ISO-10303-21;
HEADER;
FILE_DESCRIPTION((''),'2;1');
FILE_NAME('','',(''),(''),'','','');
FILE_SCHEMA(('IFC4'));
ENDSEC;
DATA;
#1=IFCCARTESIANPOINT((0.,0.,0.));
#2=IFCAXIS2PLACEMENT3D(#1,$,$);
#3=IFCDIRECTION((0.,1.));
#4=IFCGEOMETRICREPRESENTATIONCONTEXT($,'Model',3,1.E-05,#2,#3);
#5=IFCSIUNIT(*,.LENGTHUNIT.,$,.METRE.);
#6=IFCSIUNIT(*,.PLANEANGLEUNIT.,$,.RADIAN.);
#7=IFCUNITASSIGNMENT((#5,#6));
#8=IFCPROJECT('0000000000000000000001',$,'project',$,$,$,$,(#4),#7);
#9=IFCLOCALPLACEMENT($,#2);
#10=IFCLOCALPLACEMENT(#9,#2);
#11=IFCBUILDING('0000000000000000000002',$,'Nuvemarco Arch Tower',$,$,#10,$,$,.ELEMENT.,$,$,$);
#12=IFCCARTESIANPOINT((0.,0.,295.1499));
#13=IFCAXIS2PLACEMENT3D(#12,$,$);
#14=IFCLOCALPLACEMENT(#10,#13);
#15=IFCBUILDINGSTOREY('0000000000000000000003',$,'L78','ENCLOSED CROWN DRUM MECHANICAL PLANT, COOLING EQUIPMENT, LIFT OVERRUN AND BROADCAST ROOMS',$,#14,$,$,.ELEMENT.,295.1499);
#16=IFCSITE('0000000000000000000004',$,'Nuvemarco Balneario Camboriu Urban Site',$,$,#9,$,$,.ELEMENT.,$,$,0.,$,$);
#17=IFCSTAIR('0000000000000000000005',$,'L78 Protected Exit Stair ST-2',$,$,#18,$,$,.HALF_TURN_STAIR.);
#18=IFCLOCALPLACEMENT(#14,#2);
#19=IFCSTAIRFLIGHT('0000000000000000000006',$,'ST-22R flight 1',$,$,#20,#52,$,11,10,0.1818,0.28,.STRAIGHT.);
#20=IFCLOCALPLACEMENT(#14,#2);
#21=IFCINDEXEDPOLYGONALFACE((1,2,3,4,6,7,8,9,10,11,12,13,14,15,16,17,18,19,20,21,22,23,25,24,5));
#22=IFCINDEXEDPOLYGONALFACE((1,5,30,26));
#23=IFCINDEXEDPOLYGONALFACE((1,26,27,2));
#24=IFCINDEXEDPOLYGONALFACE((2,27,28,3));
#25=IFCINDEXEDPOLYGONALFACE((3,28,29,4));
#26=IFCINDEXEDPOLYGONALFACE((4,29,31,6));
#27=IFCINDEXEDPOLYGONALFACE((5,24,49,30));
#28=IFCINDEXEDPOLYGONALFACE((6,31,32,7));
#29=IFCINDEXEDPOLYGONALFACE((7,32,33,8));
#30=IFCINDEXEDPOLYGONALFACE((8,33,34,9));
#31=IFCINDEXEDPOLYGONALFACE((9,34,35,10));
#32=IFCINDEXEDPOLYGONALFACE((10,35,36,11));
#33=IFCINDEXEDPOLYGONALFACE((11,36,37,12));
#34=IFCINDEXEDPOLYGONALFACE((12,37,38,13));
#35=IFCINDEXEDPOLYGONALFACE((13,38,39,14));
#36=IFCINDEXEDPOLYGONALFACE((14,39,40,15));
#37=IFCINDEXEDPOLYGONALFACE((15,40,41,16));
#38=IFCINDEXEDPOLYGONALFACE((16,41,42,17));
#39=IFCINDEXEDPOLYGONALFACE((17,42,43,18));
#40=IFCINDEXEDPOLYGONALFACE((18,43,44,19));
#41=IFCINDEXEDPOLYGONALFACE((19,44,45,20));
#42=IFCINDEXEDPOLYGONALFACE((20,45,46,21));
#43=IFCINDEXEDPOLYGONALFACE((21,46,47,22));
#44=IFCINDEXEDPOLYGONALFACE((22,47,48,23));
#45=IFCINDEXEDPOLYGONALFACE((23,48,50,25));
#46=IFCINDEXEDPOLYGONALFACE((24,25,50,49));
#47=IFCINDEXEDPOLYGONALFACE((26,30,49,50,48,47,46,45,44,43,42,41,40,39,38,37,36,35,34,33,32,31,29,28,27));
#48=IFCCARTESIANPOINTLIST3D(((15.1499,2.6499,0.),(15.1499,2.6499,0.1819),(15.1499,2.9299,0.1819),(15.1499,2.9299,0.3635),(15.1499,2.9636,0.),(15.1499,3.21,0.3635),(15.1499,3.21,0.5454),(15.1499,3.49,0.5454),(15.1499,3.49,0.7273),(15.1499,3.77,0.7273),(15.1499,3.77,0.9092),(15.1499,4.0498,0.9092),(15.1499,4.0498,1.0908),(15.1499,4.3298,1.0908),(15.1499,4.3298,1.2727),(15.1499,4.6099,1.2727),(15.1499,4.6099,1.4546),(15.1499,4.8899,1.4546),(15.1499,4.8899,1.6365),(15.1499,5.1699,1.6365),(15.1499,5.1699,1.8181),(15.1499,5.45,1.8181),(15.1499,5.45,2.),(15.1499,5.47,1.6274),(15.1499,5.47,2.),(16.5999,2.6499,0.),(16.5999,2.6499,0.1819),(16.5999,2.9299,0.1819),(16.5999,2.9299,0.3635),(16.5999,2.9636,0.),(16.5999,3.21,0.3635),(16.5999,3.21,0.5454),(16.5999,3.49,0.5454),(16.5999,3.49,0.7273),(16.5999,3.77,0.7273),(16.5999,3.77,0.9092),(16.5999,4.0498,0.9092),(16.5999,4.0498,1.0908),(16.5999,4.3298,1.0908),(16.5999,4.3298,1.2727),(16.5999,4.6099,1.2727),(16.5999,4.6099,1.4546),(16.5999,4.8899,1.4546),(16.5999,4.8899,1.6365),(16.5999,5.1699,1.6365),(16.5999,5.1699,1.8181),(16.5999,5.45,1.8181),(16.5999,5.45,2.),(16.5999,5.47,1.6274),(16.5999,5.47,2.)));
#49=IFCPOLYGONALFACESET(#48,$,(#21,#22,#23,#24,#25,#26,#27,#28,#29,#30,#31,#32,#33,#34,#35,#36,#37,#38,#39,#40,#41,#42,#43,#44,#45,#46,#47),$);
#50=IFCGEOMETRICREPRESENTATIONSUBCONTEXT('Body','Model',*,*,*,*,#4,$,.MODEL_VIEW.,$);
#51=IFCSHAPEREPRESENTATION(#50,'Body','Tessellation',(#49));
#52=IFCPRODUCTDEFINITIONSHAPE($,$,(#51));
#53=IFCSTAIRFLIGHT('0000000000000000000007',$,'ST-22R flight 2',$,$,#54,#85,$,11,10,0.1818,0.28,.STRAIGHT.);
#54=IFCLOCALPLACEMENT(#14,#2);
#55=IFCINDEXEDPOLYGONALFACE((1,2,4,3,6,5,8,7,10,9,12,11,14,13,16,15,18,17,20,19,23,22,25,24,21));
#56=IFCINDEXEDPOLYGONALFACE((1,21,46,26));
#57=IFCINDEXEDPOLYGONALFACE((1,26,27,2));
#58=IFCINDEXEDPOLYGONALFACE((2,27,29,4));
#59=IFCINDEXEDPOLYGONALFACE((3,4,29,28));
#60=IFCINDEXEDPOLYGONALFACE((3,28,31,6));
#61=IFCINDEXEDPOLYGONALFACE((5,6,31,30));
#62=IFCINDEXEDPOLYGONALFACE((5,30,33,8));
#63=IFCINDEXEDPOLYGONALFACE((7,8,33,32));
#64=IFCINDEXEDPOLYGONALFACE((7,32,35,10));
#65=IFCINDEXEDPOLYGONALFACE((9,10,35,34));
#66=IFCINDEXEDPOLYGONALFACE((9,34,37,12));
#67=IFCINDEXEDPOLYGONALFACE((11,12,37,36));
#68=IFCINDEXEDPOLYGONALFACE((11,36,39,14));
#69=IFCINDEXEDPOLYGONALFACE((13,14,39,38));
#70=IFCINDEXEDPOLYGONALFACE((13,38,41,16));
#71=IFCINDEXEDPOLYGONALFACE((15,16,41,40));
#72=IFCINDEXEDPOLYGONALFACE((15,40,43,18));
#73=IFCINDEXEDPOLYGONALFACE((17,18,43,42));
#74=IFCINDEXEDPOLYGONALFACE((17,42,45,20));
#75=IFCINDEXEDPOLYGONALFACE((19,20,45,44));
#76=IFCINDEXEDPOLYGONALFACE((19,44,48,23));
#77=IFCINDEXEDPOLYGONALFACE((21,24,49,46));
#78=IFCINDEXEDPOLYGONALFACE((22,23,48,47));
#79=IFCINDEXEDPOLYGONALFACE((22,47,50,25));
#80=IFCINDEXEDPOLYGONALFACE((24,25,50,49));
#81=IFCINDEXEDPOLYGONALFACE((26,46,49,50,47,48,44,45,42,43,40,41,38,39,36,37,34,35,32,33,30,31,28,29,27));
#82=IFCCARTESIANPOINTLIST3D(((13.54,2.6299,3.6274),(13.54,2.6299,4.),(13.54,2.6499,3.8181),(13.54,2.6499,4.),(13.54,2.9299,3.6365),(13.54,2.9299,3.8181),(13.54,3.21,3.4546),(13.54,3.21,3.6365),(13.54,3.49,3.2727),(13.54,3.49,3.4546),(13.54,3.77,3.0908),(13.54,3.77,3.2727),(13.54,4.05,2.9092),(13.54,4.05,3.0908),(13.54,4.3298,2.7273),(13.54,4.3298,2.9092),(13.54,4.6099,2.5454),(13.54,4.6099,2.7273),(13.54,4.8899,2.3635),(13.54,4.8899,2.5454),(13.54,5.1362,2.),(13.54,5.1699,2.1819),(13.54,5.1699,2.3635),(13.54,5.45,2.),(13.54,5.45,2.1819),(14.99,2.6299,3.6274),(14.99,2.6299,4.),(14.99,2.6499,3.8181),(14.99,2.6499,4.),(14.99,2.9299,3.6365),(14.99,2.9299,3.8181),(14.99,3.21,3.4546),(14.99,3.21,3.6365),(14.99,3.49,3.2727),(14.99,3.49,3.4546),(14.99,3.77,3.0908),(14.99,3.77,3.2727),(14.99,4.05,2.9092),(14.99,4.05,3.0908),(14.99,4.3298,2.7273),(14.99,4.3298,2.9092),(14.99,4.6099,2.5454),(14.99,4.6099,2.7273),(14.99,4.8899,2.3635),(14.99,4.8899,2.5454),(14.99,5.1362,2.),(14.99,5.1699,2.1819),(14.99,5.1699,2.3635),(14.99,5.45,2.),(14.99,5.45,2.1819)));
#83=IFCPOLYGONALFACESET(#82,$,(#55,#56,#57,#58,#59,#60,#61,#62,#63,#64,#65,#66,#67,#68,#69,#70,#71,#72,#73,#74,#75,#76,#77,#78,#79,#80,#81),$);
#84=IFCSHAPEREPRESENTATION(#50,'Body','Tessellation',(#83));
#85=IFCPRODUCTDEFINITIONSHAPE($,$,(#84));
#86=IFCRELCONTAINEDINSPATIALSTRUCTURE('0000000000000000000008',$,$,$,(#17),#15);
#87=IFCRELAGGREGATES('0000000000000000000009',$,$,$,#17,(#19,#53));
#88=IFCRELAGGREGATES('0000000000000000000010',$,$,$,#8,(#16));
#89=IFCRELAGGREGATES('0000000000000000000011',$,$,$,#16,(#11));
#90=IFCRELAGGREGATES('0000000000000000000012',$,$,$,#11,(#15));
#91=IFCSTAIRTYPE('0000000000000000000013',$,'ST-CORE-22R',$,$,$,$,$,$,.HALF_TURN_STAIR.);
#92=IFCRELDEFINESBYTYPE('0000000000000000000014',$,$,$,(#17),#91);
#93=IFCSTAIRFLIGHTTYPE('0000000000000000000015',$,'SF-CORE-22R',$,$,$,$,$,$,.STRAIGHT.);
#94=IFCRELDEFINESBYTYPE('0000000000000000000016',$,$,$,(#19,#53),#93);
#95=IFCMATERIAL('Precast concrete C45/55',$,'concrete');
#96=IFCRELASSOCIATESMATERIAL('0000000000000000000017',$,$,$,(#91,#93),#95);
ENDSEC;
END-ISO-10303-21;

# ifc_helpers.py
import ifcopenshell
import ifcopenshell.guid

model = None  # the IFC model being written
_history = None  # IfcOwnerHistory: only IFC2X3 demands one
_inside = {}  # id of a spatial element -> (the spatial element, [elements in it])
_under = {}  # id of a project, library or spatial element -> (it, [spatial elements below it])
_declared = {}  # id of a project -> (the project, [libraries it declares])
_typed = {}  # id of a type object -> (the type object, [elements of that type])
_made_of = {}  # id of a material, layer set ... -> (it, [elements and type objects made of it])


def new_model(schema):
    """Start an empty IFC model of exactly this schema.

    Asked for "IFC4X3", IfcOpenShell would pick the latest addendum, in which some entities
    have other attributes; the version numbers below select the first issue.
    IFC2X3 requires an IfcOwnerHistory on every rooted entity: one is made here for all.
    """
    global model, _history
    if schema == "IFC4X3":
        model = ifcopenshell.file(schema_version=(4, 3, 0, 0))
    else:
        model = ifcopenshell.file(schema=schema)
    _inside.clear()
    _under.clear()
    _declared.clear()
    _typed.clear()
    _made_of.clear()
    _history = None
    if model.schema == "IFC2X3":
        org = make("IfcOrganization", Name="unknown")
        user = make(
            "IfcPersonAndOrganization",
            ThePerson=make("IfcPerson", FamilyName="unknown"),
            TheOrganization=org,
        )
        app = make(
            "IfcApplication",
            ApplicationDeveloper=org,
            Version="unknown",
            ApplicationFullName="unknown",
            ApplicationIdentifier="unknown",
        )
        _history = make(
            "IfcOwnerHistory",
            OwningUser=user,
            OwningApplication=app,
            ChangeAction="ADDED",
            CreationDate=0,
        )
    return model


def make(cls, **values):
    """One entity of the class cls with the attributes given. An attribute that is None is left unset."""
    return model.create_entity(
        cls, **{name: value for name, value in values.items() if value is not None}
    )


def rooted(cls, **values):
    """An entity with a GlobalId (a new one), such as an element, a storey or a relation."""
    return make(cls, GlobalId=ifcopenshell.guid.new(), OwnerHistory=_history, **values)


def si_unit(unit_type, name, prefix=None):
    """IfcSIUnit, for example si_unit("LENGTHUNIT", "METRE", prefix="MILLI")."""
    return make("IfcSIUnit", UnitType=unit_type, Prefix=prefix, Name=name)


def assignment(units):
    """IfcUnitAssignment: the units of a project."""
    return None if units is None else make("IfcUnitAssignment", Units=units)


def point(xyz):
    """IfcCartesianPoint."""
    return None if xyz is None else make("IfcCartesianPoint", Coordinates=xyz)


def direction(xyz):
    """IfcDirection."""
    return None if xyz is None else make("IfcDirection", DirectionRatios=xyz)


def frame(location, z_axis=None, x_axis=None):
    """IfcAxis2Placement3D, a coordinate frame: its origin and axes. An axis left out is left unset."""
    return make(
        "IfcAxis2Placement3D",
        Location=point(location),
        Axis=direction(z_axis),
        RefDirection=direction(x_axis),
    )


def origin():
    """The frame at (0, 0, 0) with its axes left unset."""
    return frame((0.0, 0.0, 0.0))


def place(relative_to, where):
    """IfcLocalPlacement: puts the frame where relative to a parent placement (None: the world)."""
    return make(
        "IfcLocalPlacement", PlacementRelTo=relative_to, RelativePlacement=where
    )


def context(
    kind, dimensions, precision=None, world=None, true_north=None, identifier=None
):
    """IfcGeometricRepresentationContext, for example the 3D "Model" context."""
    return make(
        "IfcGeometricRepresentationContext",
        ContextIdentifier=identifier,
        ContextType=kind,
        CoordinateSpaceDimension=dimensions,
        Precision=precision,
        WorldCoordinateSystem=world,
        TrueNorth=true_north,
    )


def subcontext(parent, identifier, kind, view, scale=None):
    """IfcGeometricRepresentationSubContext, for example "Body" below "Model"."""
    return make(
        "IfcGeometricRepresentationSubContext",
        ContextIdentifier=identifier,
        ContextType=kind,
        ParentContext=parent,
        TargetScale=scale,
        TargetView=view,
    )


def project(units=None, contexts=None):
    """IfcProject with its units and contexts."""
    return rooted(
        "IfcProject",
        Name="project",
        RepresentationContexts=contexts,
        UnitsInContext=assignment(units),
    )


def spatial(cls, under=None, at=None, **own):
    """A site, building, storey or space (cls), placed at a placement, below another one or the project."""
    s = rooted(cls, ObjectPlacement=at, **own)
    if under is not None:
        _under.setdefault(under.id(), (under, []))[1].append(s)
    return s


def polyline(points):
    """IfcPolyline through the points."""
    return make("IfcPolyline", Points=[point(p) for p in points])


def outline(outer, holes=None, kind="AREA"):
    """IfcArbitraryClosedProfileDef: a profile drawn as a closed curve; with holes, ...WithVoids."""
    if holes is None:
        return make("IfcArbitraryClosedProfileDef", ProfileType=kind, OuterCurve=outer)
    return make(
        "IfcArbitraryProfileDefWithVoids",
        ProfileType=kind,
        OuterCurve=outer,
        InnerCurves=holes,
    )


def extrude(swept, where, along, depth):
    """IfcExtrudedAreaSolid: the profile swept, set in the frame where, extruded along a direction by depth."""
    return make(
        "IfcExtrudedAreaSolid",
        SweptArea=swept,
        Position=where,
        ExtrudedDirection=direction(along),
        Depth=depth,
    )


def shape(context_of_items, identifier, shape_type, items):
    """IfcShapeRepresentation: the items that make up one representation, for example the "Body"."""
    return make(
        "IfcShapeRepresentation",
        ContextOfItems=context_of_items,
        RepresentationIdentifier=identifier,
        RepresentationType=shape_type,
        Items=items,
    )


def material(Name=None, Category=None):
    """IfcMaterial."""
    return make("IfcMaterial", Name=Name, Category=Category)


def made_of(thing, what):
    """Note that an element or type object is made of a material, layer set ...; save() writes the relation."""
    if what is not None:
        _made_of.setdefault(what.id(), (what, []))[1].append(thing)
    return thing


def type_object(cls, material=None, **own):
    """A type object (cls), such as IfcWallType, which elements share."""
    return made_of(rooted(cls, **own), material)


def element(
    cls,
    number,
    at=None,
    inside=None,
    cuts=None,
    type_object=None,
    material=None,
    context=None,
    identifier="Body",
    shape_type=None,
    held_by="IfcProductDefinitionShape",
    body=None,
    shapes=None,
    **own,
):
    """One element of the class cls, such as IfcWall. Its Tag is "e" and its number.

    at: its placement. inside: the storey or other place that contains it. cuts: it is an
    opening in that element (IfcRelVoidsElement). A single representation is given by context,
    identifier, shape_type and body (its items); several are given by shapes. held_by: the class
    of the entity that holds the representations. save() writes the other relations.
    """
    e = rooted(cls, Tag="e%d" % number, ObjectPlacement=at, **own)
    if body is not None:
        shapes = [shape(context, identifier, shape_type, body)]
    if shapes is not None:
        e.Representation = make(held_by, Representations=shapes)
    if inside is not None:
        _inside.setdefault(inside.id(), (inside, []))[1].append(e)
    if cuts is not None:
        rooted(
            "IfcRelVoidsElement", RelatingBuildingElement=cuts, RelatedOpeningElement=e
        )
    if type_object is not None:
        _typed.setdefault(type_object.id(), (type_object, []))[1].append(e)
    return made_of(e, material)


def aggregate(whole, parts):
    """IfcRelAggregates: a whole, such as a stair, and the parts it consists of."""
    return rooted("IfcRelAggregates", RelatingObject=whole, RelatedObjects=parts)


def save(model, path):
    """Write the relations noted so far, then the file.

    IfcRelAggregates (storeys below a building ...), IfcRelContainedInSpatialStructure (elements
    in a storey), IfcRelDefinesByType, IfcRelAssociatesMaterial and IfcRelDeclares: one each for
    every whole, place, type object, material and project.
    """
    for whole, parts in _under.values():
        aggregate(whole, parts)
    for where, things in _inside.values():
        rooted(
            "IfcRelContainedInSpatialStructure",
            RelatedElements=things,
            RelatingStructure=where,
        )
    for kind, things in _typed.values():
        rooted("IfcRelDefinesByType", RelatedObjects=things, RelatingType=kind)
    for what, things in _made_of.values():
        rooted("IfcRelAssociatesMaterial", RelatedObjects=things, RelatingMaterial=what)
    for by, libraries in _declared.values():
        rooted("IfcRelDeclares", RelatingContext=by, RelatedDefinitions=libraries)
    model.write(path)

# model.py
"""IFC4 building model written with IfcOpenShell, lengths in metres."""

from ifc_helpers import new_model, si_unit, direction, frame, origin, place, context, subcontext, project, spatial, polyline, outline, extrude, material, type_object, element, aggregate, save


model = new_model("IFC4")

# Units and contexts
model_context = context("Model", 3, precision=1e-05, world=origin(), true_north=direction((0.0, 1.0)))
body_context = subcontext(model_context, "Body", "Model", "MODEL_VIEW")
ifc_project = project(units=[si_unit("LENGTHUNIT", "METRE"), si_unit("PLANEANGLEUNIT", "RADIAN")], contexts=[model_context])

# Site, building, storey
site_placement = place(None, origin())
site = spatial("IfcSite", under=ifc_project, at=site_placement, Name="Nuvemarco Balneario Camboriu Urban Site", CompositionType="ELEMENT", RefElevation=0.0)
building_placement = place(site_placement, origin())
building = spatial("IfcBuilding", under=site, at=building_placement, Name="Nuvemarco Arch Tower", CompositionType="ELEMENT")
storey_placement = place(building_placement, frame((0.0, 0.0, 295.1499)))
storey = spatial("IfcBuildingStorey", under=building, at=storey_placement, Name="L78", Description="ENCLOSED CROWN DRUM MECHANICAL PLANT, COOLING EQUIPMENT, LIFT OVERRUN AND BROADCAST ROOMS", CompositionType="ELEMENT", Elevation=295.1499)

# Shared definitions
ifc_material_1 = material(Name="Precast concrete C45/55", Category="concrete")

# Stair, stair flights
stair_type = type_object("IfcStairType", Name="ST-CORE-22R", PredefinedType="HALF_TURN_STAIR", material=ifc_material_1)
stair_placement = place(storey_placement, origin())
stair = element("IfcStair", 1, at=stair_placement, inside=storey, type_object=stair_type, Name="L78 Protected Exit Stair ST-2", PredefinedType="HALF_TURN_STAIR")
stair_flight_type = type_object("IfcStairFlightType", Name="SF-CORE-22R", PredefinedType="STRAIGHT", material=ifc_material_1)
stair_flight_1_placement = place(storey_placement, frame((15.875, 2.6499, 0.0), z_axis=(0.0, 0.0, 1.0), x_axis=(0.0, 1.0, 0.0)))
stair_flight_1 = element("IfcStairFlight", 2, at=stair_flight_1_placement, type_object=stair_flight_type, Name="ST-22R flight 1", NumberOfRisers=11, NumberOfTreads=10, PredefinedType="STRAIGHT", RiserHeight=0.1818, TreadLength=0.28, context=body_context, shape_type="SweptSolid", body=[
    extrude(outline(polyline([(0.0, 0.0), (0.0, 0.1819), (0.28, 0.1819), (0.28, 0.3635), (0.5601, 0.3635), (0.5601, 0.5454), (0.8401, 0.5454), (0.8401, 0.7273), (1.1201, 0.7273), (1.1201, 0.9092), (1.3999, 0.9092), (1.3999, 1.0908), (1.6799, 1.0908), (1.6799, 1.2727), (1.96, 1.2727), (1.96, 1.4546), (2.24, 1.4546), (2.24, 1.6365), (2.52, 1.6365), (2.52, 1.8181), (2.8, 1.8181), (2.8, 2.0), (2.8201, 2.0), (2.8201, 1.6274), (0.3137, 0.0), (0.0, 0.0)])), frame((0.0, 0.7251, 0.0), z_axis=(0.0, -1.0, 0.0), x_axis=(1.0, 0.0, 0.0)), (0.0, 0.0, 1.0), 1.45),
])
stair_flight_2_placement = place(storey_placement, frame((14.2649, 5.45, 2.0), z_axis=(0.0, 0.0, 1.0), x_axis=(0.0, -1.0, 0.0)))
stair_flight_2 = element("IfcStairFlight", 3, at=stair_flight_2_placement, type_object=stair_flight_type, Name="ST-22R flight 2", NumberOfRisers=11, NumberOfTreads=10, PredefinedType="STRAIGHT", RiserHeight=0.1818, TreadLength=0.28, context=body_context, shape_type="SweptSolid", body=[
    extrude(outline(polyline([(0.0, 0.0), (0.0, 0.1819), (0.28, 0.1819), (0.28, 0.3635), (0.5601, 0.3635), (0.5601, 0.5454), (0.8401, 0.5454), (0.8401, 0.7273), (1.1201, 0.7273), (1.1201, 0.9092), (1.3999, 0.9092), (1.3999, 1.0908), (1.6799, 1.0908), (1.6799, 1.2727), (1.96, 1.2727), (1.96, 1.4546), (2.24, 1.4546), (2.24, 1.6365), (2.52, 1.6365), (2.52, 1.8181), (2.8, 1.8181), (2.8, 2.0), (2.8201, 2.0), (2.8201, 1.6274), (0.3137, 0.0), (0.0, 0.0)])), frame((0.0, 0.7251, 0.0), z_axis=(0.0, -1.0, 0.0), x_axis=(1.0, 0.0, 0.0)), (0.0, 0.0, 1.0), 1.45),
])
aggregate(stair, [stair_flight_1, stair_flight_2])

save(model, "model.ifc")
